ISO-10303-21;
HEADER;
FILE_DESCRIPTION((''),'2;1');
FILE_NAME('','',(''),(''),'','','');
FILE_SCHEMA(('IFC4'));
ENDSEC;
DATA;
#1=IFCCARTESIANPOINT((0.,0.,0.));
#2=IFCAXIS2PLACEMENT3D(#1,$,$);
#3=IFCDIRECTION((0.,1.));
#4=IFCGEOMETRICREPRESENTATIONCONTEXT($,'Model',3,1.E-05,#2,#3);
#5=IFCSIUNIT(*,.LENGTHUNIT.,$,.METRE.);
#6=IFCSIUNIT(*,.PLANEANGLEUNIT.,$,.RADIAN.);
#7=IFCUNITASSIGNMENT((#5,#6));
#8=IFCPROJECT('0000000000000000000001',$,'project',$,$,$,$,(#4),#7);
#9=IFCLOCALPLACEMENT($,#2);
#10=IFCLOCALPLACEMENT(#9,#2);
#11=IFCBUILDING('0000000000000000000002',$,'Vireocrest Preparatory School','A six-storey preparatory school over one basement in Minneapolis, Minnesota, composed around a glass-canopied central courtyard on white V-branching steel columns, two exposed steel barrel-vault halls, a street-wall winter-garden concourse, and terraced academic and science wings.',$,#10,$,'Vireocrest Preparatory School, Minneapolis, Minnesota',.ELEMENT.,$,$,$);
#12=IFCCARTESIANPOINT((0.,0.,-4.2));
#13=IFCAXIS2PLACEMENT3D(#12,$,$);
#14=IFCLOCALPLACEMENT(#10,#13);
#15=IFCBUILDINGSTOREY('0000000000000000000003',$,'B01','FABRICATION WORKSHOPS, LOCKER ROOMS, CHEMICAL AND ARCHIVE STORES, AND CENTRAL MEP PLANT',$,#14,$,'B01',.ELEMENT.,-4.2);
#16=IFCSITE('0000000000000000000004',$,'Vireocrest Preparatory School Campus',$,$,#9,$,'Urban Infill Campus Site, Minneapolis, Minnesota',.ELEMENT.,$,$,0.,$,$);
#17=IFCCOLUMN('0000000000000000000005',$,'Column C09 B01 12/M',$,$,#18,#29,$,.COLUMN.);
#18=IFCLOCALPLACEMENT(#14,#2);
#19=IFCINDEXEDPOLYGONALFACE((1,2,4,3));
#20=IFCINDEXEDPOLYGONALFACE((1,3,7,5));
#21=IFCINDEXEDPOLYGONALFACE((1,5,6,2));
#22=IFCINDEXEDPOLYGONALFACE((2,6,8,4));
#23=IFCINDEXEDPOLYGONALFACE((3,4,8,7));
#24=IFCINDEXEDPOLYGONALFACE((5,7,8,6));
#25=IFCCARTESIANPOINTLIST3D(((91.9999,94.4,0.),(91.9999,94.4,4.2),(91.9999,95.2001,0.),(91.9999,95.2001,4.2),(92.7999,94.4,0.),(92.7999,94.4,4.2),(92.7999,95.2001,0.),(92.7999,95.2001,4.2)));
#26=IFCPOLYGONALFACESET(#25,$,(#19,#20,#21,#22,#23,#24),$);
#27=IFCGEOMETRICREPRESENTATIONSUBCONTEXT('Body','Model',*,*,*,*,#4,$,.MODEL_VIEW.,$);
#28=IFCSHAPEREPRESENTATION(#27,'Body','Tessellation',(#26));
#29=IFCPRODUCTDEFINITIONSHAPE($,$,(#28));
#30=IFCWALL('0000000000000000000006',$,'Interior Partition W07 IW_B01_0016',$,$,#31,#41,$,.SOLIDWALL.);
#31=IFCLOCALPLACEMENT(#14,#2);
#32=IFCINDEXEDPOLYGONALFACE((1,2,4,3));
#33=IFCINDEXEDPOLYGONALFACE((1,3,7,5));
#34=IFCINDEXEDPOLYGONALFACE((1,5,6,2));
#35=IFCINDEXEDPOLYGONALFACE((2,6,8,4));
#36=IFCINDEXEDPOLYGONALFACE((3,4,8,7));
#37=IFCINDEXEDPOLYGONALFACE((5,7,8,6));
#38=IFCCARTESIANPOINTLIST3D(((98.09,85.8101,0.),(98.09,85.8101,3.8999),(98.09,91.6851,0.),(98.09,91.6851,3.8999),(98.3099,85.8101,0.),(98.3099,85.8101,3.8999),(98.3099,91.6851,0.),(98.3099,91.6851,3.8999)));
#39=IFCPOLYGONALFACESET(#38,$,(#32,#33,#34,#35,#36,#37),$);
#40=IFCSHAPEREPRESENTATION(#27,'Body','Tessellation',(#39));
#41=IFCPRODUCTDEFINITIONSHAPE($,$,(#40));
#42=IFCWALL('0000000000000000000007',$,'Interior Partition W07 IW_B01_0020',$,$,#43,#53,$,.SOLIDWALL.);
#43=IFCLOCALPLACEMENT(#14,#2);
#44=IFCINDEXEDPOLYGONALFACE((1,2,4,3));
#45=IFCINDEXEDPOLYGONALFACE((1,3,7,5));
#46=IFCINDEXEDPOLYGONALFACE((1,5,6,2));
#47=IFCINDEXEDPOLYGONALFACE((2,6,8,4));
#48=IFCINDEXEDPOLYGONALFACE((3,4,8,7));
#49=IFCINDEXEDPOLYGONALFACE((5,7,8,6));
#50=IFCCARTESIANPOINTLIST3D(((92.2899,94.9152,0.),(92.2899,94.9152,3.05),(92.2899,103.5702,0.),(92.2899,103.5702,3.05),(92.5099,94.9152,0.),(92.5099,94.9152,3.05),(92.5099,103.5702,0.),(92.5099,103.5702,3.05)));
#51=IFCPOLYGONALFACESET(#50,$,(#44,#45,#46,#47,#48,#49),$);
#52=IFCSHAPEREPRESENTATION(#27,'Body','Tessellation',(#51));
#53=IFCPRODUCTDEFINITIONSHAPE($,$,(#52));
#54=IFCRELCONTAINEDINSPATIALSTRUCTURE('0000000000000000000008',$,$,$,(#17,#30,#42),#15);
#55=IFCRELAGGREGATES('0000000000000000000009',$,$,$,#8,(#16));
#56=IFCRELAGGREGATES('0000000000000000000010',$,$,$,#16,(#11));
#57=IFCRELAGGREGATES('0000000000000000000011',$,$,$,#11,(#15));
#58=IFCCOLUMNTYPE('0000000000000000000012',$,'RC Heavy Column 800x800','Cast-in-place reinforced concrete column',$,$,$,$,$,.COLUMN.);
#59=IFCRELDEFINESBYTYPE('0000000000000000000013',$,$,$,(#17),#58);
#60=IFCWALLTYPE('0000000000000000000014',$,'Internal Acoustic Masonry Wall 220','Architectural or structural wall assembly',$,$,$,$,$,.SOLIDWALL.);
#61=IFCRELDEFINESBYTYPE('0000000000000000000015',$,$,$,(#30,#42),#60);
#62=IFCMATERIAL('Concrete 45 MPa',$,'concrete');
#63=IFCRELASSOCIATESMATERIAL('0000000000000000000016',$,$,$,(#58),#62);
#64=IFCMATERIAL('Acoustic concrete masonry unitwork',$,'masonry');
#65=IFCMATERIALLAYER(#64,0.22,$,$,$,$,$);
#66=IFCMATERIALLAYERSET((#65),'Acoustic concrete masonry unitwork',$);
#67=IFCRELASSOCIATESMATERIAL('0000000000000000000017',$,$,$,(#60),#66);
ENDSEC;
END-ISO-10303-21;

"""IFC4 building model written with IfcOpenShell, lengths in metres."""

from ifc_helpers import new_model, si_unit, direction, frame, frame_2d, origin, origin_2d, place, context, subcontext, project, spatial, rectangle, extrude, material, layer, layer_set, material_profile, profile_set, type_object, element, save


model = new_model("IFC4")

# Units and contexts
model_context = context("Model", 3, precision=1e-05, world=origin(), true_north=direction((0.0, 1.0)))
body_context = subcontext(model_context, "Body", "Model", "MODEL_VIEW")
ifc_project = project(units=[si_unit("LENGTHUNIT", "METRE"), si_unit("PLANEANGLEUNIT", "RADIAN")], contexts=[model_context])

# Site, building, storey
site_placement = place(None, origin())
site = spatial("IfcSite", under=ifc_project, at=site_placement, Name="Vireocrest Preparatory School Campus", LongName="Urban Infill Campus Site, Minneapolis, Minnesota", CompositionType="ELEMENT", RefElevation=0.0)
building_placement = place(site_placement, origin())
building = spatial("IfcBuilding", under=site, at=building_placement, Name="Vireocrest Preparatory School", Description="A six-storey preparatory school over one basement in Minneapolis, Minnesota, composed around a glass-canopied central courtyard on white V-branching steel columns, two exposed steel barrel-vault halls, a street-wall winter-garden concourse, and terraced academic and science wings.", LongName="Vireocrest Preparatory School, Minneapolis, Minnesota", CompositionType="ELEMENT")
storey_placement = place(building_placement, frame((0.0, 0.0, -4.2)))
storey = spatial("IfcBuildingStorey", under=building, at=storey_placement, Name="B01", Description="FABRICATION WORKSHOPS, LOCKER ROOMS, CHEMICAL AND ARCHIVE STORES, AND CENTRAL MEP PLANT", LongName="B01", CompositionType="ELEMENT", Elevation=-4.2)

# Column
ifc_material_1 = material(Name="Concrete 45 MPa", Category="concrete")
ifc_material_profile_1 = material_profile(ifc_material_1, rectangle(XDim=0.8, YDim=0.8, at=origin_2d()), Name="RC 800x800")
ifc_profile_set_1 = profile_set([ifc_material_profile_1], Name="Concrete 45 MPa")
column_type = type_object("IfcColumnType", Name="RC Heavy Column 800x800", Description="Cast-in-place reinforced concrete column", PredefinedType="COLUMN", material=ifc_profile_set_1)
for number, where, z_axis, x_axis, name in (
    (1, (92.3999, 94.8, 0.0), (0.0, 0.0, 1.0), (1.0, 0.0, 0.0), "Column C09 B01 12/M"),
):
    element("IfcColumn", number, at=place(storey_placement, frame(where, z_axis=z_axis, x_axis=x_axis)), inside=storey, type_object=column_type, Name=name, PredefinedType="COLUMN", context=body_context, shape_type="SweptSolid", body=[
        extrude(rectangle(XDim=0.8, YDim=0.8, at=origin_2d()), origin(), (0.0, 0.0, 1.0), 4.2),
    ])

# Walls
ifc_material_2 = material(Name="Acoustic concrete masonry unitwork", Category="masonry")
ifc_layer = layer(ifc_material_2, 0.22)
ifc_layer_set = layer_set([ifc_layer], Name="Acoustic concrete masonry unitwork")
wall_type = type_object("IfcWallType", Name="Internal Acoustic Masonry Wall 220", Description="Architectural or structural wall assembly", PredefinedType="SOLIDWALL", material=ifc_layer_set)
wall_1_placement = place(storey_placement, frame((98.2, 85.8101, 0.0), z_axis=(0.0, 0.0, 1.0), x_axis=(0.0, 1.0, 0.0)))
element("IfcWall", 2, at=wall_1_placement, inside=storey, type_object=wall_type, Name="Interior Partition W07 IW_B01_0016", PredefinedType="SOLIDWALL", context=body_context, shape_type="SweptSolid", body=[
    extrude(rectangle(XDim=5.875, YDim=0.22, at=frame_2d((2.9375, 0.0))), origin(), (0.0, 0.0, 1.0), 3.8999),
])
wall_2_placement = place(storey_placement, frame((92.3999, 94.915, 0.0), z_axis=(0.0, 0.0, 1.0), x_axis=(0.0, 1.0, 0.0)))
element("IfcWall", 3, at=wall_2_placement, inside=storey, type_object=wall_type, Name="Interior Partition W07 IW_B01_0020", PredefinedType="SOLIDWALL", context=body_context, shape_type="SweptSolid", body=[
    extrude(rectangle(XDim=8.655, YDim=0.22, at=frame_2d((4.3276, 0.0))), origin(), (0.0, 0.0, 1.0), 3.05),
])

save(model, "model.ifc")
